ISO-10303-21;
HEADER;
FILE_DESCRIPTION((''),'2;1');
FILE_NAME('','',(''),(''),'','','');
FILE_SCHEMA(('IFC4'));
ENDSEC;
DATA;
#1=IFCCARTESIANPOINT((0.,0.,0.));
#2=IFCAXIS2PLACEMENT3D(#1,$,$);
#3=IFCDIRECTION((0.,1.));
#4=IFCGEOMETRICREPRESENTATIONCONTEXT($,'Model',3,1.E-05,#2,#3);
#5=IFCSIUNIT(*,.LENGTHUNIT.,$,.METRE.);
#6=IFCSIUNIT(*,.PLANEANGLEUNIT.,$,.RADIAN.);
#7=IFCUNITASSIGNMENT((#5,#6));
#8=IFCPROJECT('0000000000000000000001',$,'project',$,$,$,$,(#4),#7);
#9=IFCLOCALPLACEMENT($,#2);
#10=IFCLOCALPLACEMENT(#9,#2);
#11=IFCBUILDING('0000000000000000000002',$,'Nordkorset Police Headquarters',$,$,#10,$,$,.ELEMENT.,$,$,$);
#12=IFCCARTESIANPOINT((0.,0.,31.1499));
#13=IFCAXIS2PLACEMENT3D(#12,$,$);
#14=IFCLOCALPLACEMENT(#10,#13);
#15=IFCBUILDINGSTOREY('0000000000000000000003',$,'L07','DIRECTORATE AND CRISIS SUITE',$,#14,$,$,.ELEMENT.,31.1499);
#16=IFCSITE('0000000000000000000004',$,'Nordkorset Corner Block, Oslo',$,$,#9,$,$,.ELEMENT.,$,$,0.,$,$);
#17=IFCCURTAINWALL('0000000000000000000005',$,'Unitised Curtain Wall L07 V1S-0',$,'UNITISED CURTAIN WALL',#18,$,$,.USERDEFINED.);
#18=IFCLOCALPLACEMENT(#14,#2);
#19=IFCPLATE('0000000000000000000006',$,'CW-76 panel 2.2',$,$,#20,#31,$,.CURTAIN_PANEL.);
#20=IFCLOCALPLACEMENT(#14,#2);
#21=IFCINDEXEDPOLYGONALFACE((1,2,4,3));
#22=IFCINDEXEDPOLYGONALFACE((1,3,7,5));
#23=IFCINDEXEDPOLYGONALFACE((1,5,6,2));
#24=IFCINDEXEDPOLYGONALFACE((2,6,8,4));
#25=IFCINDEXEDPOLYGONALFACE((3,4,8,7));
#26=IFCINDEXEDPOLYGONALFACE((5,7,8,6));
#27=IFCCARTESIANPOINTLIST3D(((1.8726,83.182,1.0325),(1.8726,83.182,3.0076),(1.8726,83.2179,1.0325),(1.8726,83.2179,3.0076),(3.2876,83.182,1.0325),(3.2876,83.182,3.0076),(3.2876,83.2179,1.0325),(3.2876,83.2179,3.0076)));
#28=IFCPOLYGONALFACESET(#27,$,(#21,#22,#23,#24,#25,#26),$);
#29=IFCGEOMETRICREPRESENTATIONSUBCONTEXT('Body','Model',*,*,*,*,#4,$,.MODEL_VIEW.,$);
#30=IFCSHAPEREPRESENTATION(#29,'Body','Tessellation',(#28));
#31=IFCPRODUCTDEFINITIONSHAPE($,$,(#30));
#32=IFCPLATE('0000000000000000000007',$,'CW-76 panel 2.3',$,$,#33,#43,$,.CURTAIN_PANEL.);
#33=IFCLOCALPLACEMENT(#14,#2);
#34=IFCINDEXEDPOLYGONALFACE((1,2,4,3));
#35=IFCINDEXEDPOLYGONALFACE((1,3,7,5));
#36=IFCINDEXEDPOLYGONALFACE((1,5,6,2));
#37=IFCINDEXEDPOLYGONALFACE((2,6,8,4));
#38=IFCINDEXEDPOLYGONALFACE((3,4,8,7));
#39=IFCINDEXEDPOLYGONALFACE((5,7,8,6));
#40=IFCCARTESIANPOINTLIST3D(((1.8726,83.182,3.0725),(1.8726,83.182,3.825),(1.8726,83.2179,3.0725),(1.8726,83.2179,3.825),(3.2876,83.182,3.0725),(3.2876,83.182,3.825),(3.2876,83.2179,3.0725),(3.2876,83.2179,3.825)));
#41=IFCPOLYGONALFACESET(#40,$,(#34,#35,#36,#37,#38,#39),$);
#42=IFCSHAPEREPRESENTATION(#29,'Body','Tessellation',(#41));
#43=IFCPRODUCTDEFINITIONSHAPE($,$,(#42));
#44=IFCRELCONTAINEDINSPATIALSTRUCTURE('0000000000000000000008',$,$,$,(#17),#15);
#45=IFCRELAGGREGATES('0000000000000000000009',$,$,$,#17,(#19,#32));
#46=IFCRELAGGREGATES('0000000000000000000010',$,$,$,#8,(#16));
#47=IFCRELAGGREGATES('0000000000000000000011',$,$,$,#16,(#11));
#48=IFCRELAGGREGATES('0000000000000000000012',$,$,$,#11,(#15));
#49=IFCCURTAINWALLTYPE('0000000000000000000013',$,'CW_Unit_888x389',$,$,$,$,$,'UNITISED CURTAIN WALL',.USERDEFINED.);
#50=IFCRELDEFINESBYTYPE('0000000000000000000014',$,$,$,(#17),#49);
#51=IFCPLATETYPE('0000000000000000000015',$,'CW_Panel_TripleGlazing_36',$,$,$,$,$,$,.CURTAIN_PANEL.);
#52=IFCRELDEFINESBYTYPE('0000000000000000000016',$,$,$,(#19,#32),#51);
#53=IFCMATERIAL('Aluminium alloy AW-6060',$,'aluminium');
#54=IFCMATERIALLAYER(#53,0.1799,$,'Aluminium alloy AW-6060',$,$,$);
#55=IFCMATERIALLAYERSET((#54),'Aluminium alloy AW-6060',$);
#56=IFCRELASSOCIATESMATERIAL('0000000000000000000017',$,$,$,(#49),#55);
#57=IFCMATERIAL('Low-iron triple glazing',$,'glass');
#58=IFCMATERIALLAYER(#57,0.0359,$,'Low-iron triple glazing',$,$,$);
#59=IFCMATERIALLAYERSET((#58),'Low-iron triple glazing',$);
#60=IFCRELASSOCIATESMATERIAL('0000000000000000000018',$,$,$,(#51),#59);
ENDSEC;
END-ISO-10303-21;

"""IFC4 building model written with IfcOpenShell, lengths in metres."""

from ifc_helpers import new_model, si_unit, direction, frame, origin, origin_2d, place, context, subcontext, project, spatial, rectangle, extrude, material, layer, layer_set, type_object, element, aggregate, save


model = new_model("IFC4")

# Units and contexts
model_context = context("Model", 3, precision=1e-05, world=origin(), true_north=direction((0.0, 1.0)))
body_context = subcontext(model_context, "Body", "Model", "MODEL_VIEW")
ifc_project = project(units=[si_unit("LENGTHUNIT", "METRE"), si_unit("PLANEANGLEUNIT", "RADIAN")], contexts=[model_context])

# Site, building, storey
site_placement = place(None, origin())
site = spatial("IfcSite", under=ifc_project, at=site_placement, Name="Nordkorset Corner Block, Oslo", CompositionType="ELEMENT", RefElevation=0.0)
building_placement = place(site_placement, origin())
building = spatial("IfcBuilding", under=site, at=building_placement, Name="Nordkorset Police Headquarters", CompositionType="ELEMENT")
storey_placement = place(building_placement, frame((0.0, 0.0, 31.1499)))
storey = spatial("IfcBuildingStorey", under=building, at=storey_placement, Name="L07", Description="DIRECTORATE AND CRISIS SUITE", CompositionType="ELEMENT", Elevation=31.1499)

# Curtain wall
ifc_material_1 = material(Name="Aluminium alloy AW-6060", Category="aluminium")
ifc_layer_1 = layer(ifc_material_1, 0.1799, Name="Aluminium alloy AW-6060")
ifc_layer_set_1 = layer_set([ifc_layer_1], Name="Aluminium alloy AW-6060")
curtain_wall_type = type_object("IfcCurtainWallType", Name="CW_Unit_888x389", ElementType="UNITISED CURTAIN WALL", PredefinedType="USERDEFINED", material=ifc_layer_set_1)
curtain_wall_placement = place(storey_placement, origin())
curtain_wall = element("IfcCurtainWall", 1, at=curtain_wall_placement, inside=storey, type_object=curtain_wall_type, Name="Unitised Curtain Wall L07 V1S-0", ObjectType="UNITISED CURTAIN WALL", PredefinedType="USERDEFINED")

# Plates
ifc_material_2 = material(Name="Low-iron triple glazing", Category="glass")
ifc_layer_2 = layer(ifc_material_2, 0.0359, Name="Low-iron triple glazing")
ifc_layer_set_2 = layer_set([ifc_layer_2], Name="Low-iron triple glazing")
plate_type = type_object("IfcPlateType", Name="CW_Panel_TripleGlazing_36", PredefinedType="CURTAIN_PANEL", material=ifc_layer_set_2)
plate_1_placement = place(storey_placement, frame((2.5801, 83.2, 1.0325), z_axis=(0.0, 0.0, 1.0), x_axis=(1.0, 0.0, 0.0)))
plate_1 = element("IfcPlate", 2, at=plate_1_placement, type_object=plate_type, Name="CW-76 panel 2.2", PredefinedType="CURTAIN_PANEL", context=body_context, shape_type="SweptSolid", body=[
    extrude(rectangle(XDim=1.415, YDim=0.0359, at=origin_2d()), origin(), (0.0, 0.0, 1.0), 1.9751),
])
plate_2_placement = place(storey_placement, frame((2.5801, 83.2, 3.0725), z_axis=(0.0, 0.0, 1.0), x_axis=(1.0, 0.0, 0.0)))
plate_2 = element("IfcPlate", 3, at=plate_2_placement, type_object=plate_type, Name="CW-76 panel 2.3", PredefinedType="CURTAIN_PANEL", context=body_context, shape_type="SweptSolid", body=[
    extrude(rectangle(XDim=1.415, YDim=0.0359, at=origin_2d()), origin(), (0.0, 0.0, 1.0), 0.7524),
])
aggregate(curtain_wall, [plate_1, plate_2])

save(model, "model.ifc")
